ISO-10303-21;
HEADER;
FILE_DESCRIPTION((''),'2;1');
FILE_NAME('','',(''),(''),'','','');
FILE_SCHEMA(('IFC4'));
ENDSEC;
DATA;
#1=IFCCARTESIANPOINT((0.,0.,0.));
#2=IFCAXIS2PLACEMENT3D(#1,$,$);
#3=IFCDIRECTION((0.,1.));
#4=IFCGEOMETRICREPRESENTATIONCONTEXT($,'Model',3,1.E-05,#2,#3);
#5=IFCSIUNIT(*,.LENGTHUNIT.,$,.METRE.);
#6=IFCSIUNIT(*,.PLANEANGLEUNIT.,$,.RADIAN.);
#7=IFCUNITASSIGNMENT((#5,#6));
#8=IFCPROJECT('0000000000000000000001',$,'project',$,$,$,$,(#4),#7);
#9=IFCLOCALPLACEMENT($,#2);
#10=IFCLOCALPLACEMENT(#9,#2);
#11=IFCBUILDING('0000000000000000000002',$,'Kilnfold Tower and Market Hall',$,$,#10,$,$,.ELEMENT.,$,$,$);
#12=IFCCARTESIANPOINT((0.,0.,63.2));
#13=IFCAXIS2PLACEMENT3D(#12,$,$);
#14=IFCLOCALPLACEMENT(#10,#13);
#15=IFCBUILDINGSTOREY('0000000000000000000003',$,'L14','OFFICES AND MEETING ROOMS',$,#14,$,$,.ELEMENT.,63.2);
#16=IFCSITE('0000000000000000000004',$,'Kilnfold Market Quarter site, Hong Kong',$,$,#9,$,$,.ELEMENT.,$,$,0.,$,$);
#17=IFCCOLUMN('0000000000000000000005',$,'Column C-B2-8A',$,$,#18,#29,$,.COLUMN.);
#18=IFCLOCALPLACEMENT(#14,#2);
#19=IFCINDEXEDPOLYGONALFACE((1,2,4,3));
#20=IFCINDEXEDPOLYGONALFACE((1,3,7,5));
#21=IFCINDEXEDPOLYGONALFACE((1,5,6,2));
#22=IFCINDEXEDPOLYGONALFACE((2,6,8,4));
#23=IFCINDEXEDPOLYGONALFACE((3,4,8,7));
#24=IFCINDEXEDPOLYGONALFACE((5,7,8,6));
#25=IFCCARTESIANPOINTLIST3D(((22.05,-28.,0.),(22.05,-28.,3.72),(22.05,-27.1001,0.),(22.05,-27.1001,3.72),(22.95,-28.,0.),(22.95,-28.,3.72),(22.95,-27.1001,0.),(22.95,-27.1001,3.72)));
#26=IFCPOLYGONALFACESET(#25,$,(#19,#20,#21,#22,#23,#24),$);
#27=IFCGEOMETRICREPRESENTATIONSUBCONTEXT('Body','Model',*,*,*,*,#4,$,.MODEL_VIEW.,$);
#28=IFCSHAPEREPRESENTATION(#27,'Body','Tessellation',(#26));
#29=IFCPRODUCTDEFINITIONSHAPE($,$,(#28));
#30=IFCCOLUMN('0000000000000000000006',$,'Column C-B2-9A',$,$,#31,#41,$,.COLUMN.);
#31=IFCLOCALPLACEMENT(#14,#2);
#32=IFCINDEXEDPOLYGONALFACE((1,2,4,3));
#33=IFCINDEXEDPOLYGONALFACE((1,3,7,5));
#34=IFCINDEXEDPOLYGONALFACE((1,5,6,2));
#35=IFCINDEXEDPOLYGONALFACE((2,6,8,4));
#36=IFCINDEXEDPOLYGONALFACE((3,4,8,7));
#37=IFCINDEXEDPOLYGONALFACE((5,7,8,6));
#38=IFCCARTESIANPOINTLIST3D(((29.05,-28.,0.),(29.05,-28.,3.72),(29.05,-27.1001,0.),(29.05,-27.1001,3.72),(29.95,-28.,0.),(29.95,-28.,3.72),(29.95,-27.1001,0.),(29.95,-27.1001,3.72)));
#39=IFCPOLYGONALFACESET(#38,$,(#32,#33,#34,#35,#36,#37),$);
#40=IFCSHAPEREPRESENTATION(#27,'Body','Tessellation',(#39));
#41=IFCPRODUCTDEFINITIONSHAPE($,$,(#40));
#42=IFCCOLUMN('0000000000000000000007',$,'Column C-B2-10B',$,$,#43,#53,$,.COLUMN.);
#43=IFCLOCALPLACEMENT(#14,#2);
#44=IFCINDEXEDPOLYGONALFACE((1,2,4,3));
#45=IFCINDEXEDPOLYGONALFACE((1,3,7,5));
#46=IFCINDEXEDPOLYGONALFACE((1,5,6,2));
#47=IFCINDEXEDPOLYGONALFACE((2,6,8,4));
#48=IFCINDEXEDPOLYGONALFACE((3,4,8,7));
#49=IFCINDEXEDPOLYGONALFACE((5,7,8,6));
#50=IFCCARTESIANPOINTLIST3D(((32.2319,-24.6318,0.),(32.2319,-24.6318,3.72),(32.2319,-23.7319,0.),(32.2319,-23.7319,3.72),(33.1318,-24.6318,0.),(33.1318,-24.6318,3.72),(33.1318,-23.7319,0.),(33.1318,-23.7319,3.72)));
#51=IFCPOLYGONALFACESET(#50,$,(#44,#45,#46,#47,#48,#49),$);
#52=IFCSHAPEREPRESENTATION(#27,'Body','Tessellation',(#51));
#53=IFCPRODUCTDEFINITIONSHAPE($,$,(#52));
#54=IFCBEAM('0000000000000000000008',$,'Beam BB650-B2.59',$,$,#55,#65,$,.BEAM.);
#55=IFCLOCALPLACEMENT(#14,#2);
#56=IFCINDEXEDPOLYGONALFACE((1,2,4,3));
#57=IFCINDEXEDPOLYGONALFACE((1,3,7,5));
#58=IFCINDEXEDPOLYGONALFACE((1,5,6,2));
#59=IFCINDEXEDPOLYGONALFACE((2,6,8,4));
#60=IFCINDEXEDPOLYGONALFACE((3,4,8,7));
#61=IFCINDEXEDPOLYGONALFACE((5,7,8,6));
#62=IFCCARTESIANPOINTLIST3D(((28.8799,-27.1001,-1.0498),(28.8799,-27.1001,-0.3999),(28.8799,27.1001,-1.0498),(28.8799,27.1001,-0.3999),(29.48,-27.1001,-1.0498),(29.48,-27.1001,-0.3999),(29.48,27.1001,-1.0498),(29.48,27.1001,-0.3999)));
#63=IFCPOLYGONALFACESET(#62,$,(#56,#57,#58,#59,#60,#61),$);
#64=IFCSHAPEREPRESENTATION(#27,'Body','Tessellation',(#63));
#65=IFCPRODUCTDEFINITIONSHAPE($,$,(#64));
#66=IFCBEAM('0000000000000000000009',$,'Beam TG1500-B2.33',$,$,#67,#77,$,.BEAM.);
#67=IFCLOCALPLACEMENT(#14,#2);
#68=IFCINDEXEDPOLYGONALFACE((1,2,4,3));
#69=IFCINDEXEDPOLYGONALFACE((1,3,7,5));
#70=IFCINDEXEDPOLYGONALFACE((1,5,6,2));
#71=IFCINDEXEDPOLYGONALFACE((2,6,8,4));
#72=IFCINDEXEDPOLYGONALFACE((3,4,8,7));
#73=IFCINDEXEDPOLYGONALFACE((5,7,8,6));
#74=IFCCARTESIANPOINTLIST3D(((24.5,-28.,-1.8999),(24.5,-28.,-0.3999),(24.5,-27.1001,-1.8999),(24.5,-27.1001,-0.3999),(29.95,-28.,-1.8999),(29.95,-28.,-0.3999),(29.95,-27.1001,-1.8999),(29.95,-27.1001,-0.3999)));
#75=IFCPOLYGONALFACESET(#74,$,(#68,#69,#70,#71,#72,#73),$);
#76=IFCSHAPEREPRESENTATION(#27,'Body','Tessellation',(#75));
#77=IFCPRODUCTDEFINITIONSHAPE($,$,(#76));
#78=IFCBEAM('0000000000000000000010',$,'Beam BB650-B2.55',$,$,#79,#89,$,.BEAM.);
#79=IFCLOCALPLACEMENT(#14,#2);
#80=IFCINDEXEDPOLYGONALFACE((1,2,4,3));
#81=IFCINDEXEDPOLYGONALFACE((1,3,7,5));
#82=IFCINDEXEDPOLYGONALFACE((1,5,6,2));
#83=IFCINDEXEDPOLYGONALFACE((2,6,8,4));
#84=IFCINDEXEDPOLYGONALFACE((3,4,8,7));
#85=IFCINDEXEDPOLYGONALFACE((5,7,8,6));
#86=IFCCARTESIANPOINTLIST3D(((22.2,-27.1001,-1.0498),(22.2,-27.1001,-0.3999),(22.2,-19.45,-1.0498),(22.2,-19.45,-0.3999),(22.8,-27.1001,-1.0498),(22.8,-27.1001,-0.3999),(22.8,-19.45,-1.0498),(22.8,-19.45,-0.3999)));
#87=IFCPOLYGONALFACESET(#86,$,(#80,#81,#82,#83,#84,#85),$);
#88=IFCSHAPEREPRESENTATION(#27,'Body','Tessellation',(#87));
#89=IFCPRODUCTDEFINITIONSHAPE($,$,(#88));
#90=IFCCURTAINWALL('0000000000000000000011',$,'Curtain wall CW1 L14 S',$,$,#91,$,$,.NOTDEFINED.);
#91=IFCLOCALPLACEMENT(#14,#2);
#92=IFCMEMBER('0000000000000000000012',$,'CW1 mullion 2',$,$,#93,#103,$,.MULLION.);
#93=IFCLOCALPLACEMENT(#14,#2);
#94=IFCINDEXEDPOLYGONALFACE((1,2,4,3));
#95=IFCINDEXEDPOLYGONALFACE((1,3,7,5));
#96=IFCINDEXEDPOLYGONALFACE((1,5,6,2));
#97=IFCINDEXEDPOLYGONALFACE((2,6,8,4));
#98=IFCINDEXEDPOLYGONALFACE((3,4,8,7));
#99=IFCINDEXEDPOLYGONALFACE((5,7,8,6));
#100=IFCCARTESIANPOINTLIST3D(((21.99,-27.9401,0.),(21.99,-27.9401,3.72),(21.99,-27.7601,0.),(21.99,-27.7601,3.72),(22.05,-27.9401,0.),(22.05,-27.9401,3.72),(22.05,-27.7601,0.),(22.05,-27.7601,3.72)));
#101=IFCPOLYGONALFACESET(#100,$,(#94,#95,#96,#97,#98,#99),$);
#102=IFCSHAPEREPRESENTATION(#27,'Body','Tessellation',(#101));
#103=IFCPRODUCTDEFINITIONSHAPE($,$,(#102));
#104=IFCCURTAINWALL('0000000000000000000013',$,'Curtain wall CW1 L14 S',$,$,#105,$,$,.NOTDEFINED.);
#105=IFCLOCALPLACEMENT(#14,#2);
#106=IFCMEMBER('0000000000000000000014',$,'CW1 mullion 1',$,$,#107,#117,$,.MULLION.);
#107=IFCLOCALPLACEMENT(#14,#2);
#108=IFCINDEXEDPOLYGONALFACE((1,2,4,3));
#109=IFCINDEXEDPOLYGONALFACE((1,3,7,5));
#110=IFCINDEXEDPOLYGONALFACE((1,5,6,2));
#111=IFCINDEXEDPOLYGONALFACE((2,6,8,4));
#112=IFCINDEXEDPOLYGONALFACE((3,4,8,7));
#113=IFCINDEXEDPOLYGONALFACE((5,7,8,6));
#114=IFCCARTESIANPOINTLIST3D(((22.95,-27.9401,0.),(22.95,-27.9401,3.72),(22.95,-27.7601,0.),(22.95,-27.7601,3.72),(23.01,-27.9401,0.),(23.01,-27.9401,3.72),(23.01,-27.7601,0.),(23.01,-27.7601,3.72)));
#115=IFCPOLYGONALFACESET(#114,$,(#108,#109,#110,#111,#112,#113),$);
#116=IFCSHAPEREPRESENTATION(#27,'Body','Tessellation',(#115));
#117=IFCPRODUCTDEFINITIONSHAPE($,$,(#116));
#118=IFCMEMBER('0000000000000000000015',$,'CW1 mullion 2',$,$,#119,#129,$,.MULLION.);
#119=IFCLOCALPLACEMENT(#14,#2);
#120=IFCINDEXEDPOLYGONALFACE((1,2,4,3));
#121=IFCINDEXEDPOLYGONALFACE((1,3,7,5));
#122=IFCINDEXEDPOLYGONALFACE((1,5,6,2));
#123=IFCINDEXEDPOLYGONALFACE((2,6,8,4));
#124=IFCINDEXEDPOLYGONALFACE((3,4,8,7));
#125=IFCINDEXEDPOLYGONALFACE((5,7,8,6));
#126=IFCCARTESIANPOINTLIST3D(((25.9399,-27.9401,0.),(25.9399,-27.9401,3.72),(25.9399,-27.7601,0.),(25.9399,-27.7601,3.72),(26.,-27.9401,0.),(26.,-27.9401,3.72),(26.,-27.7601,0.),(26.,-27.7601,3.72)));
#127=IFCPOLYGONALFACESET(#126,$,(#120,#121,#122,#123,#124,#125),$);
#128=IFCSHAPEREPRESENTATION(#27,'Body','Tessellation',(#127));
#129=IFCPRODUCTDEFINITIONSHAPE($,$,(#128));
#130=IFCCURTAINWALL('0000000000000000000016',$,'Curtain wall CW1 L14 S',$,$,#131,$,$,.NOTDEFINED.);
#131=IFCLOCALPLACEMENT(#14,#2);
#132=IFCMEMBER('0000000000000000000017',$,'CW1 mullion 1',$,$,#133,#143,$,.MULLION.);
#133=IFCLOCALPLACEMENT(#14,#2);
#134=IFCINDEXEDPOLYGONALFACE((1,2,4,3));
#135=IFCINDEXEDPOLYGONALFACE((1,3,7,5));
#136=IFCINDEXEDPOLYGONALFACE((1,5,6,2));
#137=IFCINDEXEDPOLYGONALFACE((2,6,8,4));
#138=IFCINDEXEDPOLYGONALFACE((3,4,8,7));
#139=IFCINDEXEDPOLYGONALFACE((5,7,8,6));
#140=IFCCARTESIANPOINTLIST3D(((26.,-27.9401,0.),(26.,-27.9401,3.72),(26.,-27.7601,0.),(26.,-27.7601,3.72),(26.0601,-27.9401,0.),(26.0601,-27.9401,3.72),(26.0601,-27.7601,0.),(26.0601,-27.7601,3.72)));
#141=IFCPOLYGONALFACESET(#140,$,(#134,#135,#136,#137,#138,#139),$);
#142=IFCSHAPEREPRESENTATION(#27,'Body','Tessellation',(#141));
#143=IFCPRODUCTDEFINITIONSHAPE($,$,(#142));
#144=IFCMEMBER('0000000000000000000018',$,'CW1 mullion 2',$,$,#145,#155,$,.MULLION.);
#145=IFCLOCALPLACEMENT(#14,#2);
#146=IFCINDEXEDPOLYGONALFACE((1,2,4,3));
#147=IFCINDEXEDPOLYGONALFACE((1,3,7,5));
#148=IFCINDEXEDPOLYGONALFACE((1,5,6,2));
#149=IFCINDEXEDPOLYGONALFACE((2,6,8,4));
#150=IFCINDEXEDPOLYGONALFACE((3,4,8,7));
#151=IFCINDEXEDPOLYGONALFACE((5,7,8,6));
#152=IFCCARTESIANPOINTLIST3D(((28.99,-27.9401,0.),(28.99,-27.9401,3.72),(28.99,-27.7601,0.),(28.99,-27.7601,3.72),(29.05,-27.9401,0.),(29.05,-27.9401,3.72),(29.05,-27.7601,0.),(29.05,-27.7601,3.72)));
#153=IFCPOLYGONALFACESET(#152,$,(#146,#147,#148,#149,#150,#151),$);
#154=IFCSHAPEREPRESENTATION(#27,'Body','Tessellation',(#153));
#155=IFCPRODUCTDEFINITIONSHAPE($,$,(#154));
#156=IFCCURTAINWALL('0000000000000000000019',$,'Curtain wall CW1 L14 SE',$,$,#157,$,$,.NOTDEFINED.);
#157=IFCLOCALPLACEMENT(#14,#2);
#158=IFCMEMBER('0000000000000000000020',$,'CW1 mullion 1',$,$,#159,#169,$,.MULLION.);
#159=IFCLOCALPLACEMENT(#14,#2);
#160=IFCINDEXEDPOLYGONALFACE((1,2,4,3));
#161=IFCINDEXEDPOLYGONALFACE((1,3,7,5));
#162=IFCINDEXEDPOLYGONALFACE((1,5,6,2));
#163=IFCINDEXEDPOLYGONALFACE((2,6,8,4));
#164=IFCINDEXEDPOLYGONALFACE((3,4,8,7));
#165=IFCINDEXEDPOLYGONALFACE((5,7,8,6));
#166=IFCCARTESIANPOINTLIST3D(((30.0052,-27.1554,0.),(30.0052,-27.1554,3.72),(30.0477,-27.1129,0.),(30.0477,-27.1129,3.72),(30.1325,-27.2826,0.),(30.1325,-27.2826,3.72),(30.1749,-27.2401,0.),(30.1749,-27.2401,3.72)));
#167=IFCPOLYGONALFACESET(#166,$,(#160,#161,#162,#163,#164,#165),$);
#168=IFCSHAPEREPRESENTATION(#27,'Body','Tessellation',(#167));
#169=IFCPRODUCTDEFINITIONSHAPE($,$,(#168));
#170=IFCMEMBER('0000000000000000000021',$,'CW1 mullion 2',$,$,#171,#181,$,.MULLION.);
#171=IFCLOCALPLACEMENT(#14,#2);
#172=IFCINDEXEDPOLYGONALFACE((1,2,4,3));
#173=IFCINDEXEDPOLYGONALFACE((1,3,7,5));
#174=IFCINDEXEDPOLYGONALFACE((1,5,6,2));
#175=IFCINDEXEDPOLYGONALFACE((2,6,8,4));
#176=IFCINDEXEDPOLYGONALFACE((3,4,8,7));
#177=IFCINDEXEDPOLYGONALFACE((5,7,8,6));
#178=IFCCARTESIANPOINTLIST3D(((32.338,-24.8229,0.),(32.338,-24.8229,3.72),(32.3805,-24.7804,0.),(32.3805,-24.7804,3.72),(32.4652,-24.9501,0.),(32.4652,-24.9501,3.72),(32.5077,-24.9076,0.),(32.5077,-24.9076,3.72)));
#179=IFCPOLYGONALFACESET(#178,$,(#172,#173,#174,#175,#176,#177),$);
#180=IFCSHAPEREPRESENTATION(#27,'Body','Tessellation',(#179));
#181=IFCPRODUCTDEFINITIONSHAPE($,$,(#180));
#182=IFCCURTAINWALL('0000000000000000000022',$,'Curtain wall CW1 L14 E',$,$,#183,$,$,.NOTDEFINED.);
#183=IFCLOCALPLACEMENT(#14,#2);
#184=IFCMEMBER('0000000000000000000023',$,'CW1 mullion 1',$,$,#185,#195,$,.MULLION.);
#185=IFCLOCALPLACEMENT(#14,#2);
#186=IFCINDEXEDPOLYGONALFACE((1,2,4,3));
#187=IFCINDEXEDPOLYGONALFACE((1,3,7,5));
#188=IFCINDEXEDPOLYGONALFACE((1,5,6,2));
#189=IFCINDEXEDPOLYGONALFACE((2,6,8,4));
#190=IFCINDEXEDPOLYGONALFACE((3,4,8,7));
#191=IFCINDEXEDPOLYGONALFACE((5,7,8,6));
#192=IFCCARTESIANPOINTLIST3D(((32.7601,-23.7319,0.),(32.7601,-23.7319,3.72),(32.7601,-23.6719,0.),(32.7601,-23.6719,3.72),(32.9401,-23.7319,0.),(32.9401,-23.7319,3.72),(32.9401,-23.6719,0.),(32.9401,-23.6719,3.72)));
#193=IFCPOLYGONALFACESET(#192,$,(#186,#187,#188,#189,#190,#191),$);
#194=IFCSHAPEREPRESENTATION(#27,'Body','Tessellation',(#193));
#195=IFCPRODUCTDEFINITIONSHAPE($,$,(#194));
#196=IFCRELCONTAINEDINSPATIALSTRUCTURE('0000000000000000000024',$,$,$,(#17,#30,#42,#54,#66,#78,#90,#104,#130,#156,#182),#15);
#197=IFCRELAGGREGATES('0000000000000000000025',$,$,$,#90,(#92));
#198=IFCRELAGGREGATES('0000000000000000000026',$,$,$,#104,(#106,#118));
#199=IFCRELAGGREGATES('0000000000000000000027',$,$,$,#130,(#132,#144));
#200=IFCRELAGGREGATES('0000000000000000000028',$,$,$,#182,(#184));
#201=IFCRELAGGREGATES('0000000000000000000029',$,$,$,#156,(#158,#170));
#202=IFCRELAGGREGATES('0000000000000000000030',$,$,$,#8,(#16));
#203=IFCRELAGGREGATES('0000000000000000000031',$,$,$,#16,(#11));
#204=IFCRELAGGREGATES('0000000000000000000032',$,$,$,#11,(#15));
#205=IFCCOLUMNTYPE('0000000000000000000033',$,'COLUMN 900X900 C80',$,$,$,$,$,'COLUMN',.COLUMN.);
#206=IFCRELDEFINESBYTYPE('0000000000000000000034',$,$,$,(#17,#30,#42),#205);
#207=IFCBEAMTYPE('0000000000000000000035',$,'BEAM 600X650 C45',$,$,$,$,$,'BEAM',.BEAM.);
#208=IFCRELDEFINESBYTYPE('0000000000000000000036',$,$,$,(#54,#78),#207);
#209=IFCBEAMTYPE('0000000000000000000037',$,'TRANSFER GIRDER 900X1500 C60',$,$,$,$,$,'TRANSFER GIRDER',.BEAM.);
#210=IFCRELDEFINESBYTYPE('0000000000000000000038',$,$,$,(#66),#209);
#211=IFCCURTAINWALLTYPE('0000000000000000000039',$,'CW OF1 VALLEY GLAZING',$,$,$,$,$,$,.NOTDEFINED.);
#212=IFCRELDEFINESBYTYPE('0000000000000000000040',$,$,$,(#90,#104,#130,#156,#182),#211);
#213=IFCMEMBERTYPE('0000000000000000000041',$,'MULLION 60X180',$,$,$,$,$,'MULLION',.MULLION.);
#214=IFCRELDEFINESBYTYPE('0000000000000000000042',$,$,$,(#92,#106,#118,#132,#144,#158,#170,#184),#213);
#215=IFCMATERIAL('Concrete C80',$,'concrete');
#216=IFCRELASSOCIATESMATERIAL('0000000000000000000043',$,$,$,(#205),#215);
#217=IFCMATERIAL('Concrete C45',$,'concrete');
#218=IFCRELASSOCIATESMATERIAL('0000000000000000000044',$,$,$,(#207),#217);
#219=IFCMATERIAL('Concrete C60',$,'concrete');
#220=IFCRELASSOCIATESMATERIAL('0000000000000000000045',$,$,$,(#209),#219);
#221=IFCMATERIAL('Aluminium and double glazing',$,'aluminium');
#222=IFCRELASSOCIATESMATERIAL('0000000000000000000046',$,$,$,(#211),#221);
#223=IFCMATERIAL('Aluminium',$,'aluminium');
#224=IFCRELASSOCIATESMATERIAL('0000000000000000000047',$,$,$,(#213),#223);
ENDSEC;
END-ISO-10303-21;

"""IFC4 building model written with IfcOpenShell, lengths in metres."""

from ifc_helpers import new_model, si_unit, direction, frame, origin, origin_2d, place, context, subcontext, project, spatial, rectangle, extrude, source, transform, mapped, material, material_profile, profile_set, type_object, element, aggregate, save


model = new_model("IFC4")

# Units and contexts
model_context = context("Model", 3, precision=1e-05, world=origin(), true_north=direction((0.0, 1.0)))
body_context = subcontext(model_context, "Body", "Model", "MODEL_VIEW")
ifc_project = project(units=[si_unit("LENGTHUNIT", "METRE"), si_unit("PLANEANGLEUNIT", "RADIAN")], contexts=[model_context])

# Site, building, storey
site_placement = place(None, origin())
site = spatial("IfcSite", under=ifc_project, at=site_placement, Name="Kilnfold Market Quarter site, Hong Kong", CompositionType="ELEMENT", RefElevation=0.0)
building_placement = place(site_placement, origin())
building = spatial("IfcBuilding", under=site, at=building_placement, Name="Kilnfold Tower and Market Hall", CompositionType="ELEMENT")
storey_placement = place(building_placement, frame((0.0, 0.0, 63.2)))
storey = spatial("IfcBuildingStorey", under=building, at=storey_placement, Name="L14", Description="OFFICES AND MEETING ROOMS", CompositionType="ELEMENT", Elevation=63.2)

# Columns
ifc_material_1 = material(Name="Concrete C80", Category="concrete")
ifc_material_profile_1 = material_profile(ifc_material_1, rectangle(XDim=0.8999, YDim=0.8999, at=origin_2d()), Name="RC 900x900")
ifc_profile_set_1 = profile_set([ifc_material_profile_1], Name="Concrete C80")
column_type = type_object("IfcColumnType", Name="COLUMN 900X900 C80", ElementType="COLUMN", PredefinedType="COLUMN", material=ifc_profile_set_1)
shared_shape_1 = source(origin(), body_context, "Body", "SweptSolid", [
    extrude(rectangle(XDim=0.8999, YDim=0.8999, at=origin_2d()), origin(), (0.0, 0.0, 1.0), 3.72),
])
for number, where, z_axis, x_axis, name in (
    (1, (22.5, -27.55, 0.0), (0.0, 0.0, 1.0), (1.0, 0.0, 0.0), "Column C-B2-8A"),
    (2, (29.5, -27.55, 0.0), (0.0, 0.0, 1.0), (1.0, 0.0, 0.0), "Column C-B2-9A"),
    (3, (32.6819, -24.1819, 0.0), (0.0, 0.0, 1.0), (1.0, 0.0, 0.0), "Column C-B2-10B"),
):
    element("IfcColumn", number, at=place(storey_placement, frame(where, z_axis=z_axis, x_axis=x_axis)), inside=storey, type_object=column_type, Name=name, PredefinedType="COLUMN", context=body_context, shape_type="MappedRepresentation", body=[
        mapped(shared_shape_1, transform((0.0, 0.0, 0.0))),
    ])

# Beams
ifc_material_2 = material(Name="Concrete C45", Category="concrete")
ifc_material_profile_2 = material_profile(ifc_material_2, rectangle(XDim=0.6001, YDim=0.6499, at=origin_2d()), Name="RC 600x650")
ifc_profile_set_2 = profile_set([ifc_material_profile_2], Name="Concrete C45")
beam_type_1 = type_object("IfcBeamType", Name="BEAM 600X650 C45", ElementType="BEAM", PredefinedType="BEAM", material=ifc_profile_set_2)
shared_shape_2 = source(origin(), body_context, "Body", "SweptSolid", [
    extrude(rectangle(XDim=0.6001, YDim=0.6499, at=origin_2d()), origin(), (0.0, 0.0, 1.0), 54.2002),
])
beam_1_placement = place(storey_placement, frame((29.1799, -27.1001, -0.7249), z_axis=(0.0, 1.0, 0.0), x_axis=(-1.0, 0.0, 0.0)))
element("IfcBeam", 4, at=beam_1_placement, inside=storey, type_object=beam_type_1, Name="Beam BB650-B2.59", PredefinedType="BEAM", context=body_context, shape_type="MappedRepresentation", body=[
    mapped(shared_shape_2, transform((0.0, 0.0, 0.0))),
])
ifc_material_3 = material(Name="Concrete C60", Category="concrete")
ifc_material_profile_3 = material_profile(ifc_material_3, rectangle(XDim=0.8999, YDim=1.5, at=origin_2d()), Name="RC 900x1500")
ifc_profile_set_3 = profile_set([ifc_material_profile_3], Name="Concrete C60")
beam_type_2 = type_object("IfcBeamType", Name="TRANSFER GIRDER 900X1500 C60", ElementType="TRANSFER GIRDER", PredefinedType="BEAM", material=ifc_profile_set_3)
shared_shape_3 = source(origin(), body_context, "Body", "SweptSolid", [
    extrude(rectangle(XDim=0.8999, YDim=1.5, at=origin_2d()), origin(), (0.0, 0.0, 1.0), 5.45),
])
beam_2_placement = place(storey_placement, frame((24.5, -27.55, -1.1499), z_axis=(1.0, 0.0, 0.0), x_axis=(0.0, 1.0, 0.0)))
element("IfcBeam", 5, at=beam_2_placement, inside=storey, type_object=beam_type_2, Name="Beam TG1500-B2.33", PredefinedType="BEAM", context=body_context, shape_type="MappedRepresentation", body=[
    mapped(shared_shape_3, transform((0.0, 0.0, 0.0))),
])
shared_shape_4 = source(origin(), body_context, "Body", "SweptSolid", [
    extrude(rectangle(XDim=0.6001, YDim=0.6499, at=origin_2d()), origin(), (0.0, 0.0, 1.0), 7.6501),
])
beam_3_placement = place(storey_placement, frame((22.5, -27.1001, -0.7249), z_axis=(0.0, 1.0, 0.0), x_axis=(-1.0, 0.0, 0.0)))
element("IfcBeam", 6, at=beam_3_placement, inside=storey, type_object=beam_type_1, Name="Beam BB650-B2.55", PredefinedType="BEAM", context=body_context, shape_type="MappedRepresentation", body=[
    mapped(shared_shape_4, transform((0.0, 0.0, 0.0))),
])

# Curtain wall, member
ifc_material_4 = material(Name="Aluminium and double glazing", Category="aluminium")
curtain_wall_type = type_object("IfcCurtainWallType", Name="CW OF1 VALLEY GLAZING", PredefinedType="NOTDEFINED", material=ifc_material_4)
curtain_wall_1_placement = place(storey_placement, origin())
curtain_wall_1 = element("IfcCurtainWall", 7, at=curtain_wall_1_placement, inside=storey, type_object=curtain_wall_type, Name="Curtain wall CW1 L14 S", PredefinedType="NOTDEFINED")
ifc_material_5 = material(Name="Aluminium", Category="aluminium")
ifc_material_profile_4 = material_profile(ifc_material_5, rectangle(XDim=0.0601, YDim=0.1799, at=origin_2d()), Name="MULLION 60x180")
ifc_profile_set_4 = profile_set([ifc_material_profile_4], Name="Aluminium")
member_type_1 = type_object("IfcMemberType", Name="MULLION 60X180", ElementType="MULLION", PredefinedType="MULLION", material=ifc_profile_set_4)
shared_shape_5 = source(origin(), body_context, "Body", "SweptSolid", [
    extrude(rectangle(XDim=0.0601, YDim=0.1799, at=origin_2d()), origin(), (0.0, 0.0, 1.0), 3.72),
])
member_1_placement = place(storey_placement, frame((22.02, -27.8501, 0.0), z_axis=(0.0, 0.0, 1.0), x_axis=(1.0, 0.0, 0.0)))
member_1 = element("IfcMember", 8, at=member_1_placement, type_object=member_type_1, Name="CW1 mullion 2", PredefinedType="MULLION", context=body_context, shape_type="MappedRepresentation", body=[
    mapped(shared_shape_5, transform((0.0, 0.0, 0.0))),
])

# Curtain walls, members
curtain_wall_2_placement = place(storey_placement, origin())
curtain_wall_2 = element("IfcCurtainWall", 9, at=curtain_wall_2_placement, inside=storey, type_object=curtain_wall_type, Name="Curtain wall CW1 L14 S", PredefinedType="NOTDEFINED")
member_2_placement = place(storey_placement, frame((22.98, -27.8501, 0.0), z_axis=(0.0, 0.0, 1.0), x_axis=(1.0, 0.0, 0.0)))
member_2 = element("IfcMember", 10, at=member_2_placement, type_object=member_type_1, Name="CW1 mullion 1", PredefinedType="MULLION", context=body_context, shape_type="MappedRepresentation", body=[
    mapped(shared_shape_5, transform((0.0, 0.0, 0.0))),
])
member_3_placement = place(storey_placement, frame((25.97, -27.8501, 0.0), z_axis=(0.0, 0.0, 1.0), x_axis=(1.0, 0.0, 0.0)))
member_3 = element("IfcMember", 11, at=member_3_placement, type_object=member_type_1, Name="CW1 mullion 2", PredefinedType="MULLION", context=body_context, shape_type="MappedRepresentation", body=[
    mapped(shared_shape_5, transform((0.0, 0.0, 0.0))),
])
curtain_wall_3_placement = place(storey_placement, origin())
curtain_wall_3 = element("IfcCurtainWall", 12, at=curtain_wall_3_placement, inside=storey, type_object=curtain_wall_type, Name="Curtain wall CW1 L14 S", PredefinedType="NOTDEFINED")
member_4_placement = place(storey_placement, frame((26.03, -27.8501, 0.0), z_axis=(0.0, 0.0, 1.0), x_axis=(1.0, 0.0, 0.0)))
member_4 = element("IfcMember", 13, at=member_4_placement, type_object=member_type_1, Name="CW1 mullion 1", PredefinedType="MULLION", context=body_context, shape_type="MappedRepresentation", body=[
    mapped(shared_shape_5, transform((0.0, 0.0, 0.0))),
])
member_5_placement = place(storey_placement, frame((29.02, -27.8501, 0.0), z_axis=(0.0, 0.0, 1.0), x_axis=(1.0, 0.0, 0.0)))
member_5 = element("IfcMember", 14, at=member_5_placement, type_object=member_type_1, Name="CW1 mullion 2", PredefinedType="MULLION", context=body_context, shape_type="MappedRepresentation", body=[
    mapped(shared_shape_5, transform((0.0, 0.0, 0.0))),
])
curtain_wall_4_placement = place(storey_placement, origin())
curtain_wall_4 = element("IfcCurtainWall", 15, at=curtain_wall_4_placement, inside=storey, type_object=curtain_wall_type, Name="Curtain wall CW1 L14 SE", PredefinedType="NOTDEFINED")
member_6_placement = place(storey_placement, frame((30.0901, -27.1978, 0.0), z_axis=(0.0, 0.0, 1.0), x_axis=(0.707122, 0.707092, 0.0)))
member_6 = element("IfcMember", 16, at=member_6_placement, type_object=member_type_1, Name="CW1 mullion 1", PredefinedType="MULLION", context=body_context, shape_type="MappedRepresentation", body=[
    mapped(shared_shape_5, transform((0.0, 0.0, 0.0))),
])
member_7_placement = place(storey_placement, frame((32.4229, -24.8652, 0.0), z_axis=(0.0, 0.0, 1.0), x_axis=(0.707122, 0.707092, 0.0)))
member_7 = element("IfcMember", 17, at=member_7_placement, type_object=member_type_1, Name="CW1 mullion 2", PredefinedType="MULLION", context=body_context, shape_type="MappedRepresentation", body=[
    mapped(shared_shape_5, transform((0.0, 0.0, 0.0))),
])
curtain_wall_5_placement = place(storey_placement, origin())
curtain_wall_5 = element("IfcCurtainWall", 18, at=curtain_wall_5_placement, inside=storey, type_object=curtain_wall_type, Name="Curtain wall CW1 L14 E", PredefinedType="NOTDEFINED")
member_8_placement = place(storey_placement, frame((32.8501, -23.7019, 0.0), z_axis=(0.0, 0.0, 1.0), x_axis=(0.0, 1.0, 0.0)))
member_8 = element("IfcMember", 19, at=member_8_placement, type_object=member_type_1, Name="CW1 mullion 1", PredefinedType="MULLION", context=body_context, shape_type="MappedRepresentation", body=[
    mapped(shared_shape_5, transform((0.0, 0.0, 0.0))),
])

aggregate(curtain_wall_1, [member_1])
aggregate(curtain_wall_2, [member_2, member_3])
aggregate(curtain_wall_3, [member_4, member_5])
aggregate(curtain_wall_5, [member_8])
aggregate(curtain_wall_4, [member_6, member_7])

save(model, "model.ifc")
